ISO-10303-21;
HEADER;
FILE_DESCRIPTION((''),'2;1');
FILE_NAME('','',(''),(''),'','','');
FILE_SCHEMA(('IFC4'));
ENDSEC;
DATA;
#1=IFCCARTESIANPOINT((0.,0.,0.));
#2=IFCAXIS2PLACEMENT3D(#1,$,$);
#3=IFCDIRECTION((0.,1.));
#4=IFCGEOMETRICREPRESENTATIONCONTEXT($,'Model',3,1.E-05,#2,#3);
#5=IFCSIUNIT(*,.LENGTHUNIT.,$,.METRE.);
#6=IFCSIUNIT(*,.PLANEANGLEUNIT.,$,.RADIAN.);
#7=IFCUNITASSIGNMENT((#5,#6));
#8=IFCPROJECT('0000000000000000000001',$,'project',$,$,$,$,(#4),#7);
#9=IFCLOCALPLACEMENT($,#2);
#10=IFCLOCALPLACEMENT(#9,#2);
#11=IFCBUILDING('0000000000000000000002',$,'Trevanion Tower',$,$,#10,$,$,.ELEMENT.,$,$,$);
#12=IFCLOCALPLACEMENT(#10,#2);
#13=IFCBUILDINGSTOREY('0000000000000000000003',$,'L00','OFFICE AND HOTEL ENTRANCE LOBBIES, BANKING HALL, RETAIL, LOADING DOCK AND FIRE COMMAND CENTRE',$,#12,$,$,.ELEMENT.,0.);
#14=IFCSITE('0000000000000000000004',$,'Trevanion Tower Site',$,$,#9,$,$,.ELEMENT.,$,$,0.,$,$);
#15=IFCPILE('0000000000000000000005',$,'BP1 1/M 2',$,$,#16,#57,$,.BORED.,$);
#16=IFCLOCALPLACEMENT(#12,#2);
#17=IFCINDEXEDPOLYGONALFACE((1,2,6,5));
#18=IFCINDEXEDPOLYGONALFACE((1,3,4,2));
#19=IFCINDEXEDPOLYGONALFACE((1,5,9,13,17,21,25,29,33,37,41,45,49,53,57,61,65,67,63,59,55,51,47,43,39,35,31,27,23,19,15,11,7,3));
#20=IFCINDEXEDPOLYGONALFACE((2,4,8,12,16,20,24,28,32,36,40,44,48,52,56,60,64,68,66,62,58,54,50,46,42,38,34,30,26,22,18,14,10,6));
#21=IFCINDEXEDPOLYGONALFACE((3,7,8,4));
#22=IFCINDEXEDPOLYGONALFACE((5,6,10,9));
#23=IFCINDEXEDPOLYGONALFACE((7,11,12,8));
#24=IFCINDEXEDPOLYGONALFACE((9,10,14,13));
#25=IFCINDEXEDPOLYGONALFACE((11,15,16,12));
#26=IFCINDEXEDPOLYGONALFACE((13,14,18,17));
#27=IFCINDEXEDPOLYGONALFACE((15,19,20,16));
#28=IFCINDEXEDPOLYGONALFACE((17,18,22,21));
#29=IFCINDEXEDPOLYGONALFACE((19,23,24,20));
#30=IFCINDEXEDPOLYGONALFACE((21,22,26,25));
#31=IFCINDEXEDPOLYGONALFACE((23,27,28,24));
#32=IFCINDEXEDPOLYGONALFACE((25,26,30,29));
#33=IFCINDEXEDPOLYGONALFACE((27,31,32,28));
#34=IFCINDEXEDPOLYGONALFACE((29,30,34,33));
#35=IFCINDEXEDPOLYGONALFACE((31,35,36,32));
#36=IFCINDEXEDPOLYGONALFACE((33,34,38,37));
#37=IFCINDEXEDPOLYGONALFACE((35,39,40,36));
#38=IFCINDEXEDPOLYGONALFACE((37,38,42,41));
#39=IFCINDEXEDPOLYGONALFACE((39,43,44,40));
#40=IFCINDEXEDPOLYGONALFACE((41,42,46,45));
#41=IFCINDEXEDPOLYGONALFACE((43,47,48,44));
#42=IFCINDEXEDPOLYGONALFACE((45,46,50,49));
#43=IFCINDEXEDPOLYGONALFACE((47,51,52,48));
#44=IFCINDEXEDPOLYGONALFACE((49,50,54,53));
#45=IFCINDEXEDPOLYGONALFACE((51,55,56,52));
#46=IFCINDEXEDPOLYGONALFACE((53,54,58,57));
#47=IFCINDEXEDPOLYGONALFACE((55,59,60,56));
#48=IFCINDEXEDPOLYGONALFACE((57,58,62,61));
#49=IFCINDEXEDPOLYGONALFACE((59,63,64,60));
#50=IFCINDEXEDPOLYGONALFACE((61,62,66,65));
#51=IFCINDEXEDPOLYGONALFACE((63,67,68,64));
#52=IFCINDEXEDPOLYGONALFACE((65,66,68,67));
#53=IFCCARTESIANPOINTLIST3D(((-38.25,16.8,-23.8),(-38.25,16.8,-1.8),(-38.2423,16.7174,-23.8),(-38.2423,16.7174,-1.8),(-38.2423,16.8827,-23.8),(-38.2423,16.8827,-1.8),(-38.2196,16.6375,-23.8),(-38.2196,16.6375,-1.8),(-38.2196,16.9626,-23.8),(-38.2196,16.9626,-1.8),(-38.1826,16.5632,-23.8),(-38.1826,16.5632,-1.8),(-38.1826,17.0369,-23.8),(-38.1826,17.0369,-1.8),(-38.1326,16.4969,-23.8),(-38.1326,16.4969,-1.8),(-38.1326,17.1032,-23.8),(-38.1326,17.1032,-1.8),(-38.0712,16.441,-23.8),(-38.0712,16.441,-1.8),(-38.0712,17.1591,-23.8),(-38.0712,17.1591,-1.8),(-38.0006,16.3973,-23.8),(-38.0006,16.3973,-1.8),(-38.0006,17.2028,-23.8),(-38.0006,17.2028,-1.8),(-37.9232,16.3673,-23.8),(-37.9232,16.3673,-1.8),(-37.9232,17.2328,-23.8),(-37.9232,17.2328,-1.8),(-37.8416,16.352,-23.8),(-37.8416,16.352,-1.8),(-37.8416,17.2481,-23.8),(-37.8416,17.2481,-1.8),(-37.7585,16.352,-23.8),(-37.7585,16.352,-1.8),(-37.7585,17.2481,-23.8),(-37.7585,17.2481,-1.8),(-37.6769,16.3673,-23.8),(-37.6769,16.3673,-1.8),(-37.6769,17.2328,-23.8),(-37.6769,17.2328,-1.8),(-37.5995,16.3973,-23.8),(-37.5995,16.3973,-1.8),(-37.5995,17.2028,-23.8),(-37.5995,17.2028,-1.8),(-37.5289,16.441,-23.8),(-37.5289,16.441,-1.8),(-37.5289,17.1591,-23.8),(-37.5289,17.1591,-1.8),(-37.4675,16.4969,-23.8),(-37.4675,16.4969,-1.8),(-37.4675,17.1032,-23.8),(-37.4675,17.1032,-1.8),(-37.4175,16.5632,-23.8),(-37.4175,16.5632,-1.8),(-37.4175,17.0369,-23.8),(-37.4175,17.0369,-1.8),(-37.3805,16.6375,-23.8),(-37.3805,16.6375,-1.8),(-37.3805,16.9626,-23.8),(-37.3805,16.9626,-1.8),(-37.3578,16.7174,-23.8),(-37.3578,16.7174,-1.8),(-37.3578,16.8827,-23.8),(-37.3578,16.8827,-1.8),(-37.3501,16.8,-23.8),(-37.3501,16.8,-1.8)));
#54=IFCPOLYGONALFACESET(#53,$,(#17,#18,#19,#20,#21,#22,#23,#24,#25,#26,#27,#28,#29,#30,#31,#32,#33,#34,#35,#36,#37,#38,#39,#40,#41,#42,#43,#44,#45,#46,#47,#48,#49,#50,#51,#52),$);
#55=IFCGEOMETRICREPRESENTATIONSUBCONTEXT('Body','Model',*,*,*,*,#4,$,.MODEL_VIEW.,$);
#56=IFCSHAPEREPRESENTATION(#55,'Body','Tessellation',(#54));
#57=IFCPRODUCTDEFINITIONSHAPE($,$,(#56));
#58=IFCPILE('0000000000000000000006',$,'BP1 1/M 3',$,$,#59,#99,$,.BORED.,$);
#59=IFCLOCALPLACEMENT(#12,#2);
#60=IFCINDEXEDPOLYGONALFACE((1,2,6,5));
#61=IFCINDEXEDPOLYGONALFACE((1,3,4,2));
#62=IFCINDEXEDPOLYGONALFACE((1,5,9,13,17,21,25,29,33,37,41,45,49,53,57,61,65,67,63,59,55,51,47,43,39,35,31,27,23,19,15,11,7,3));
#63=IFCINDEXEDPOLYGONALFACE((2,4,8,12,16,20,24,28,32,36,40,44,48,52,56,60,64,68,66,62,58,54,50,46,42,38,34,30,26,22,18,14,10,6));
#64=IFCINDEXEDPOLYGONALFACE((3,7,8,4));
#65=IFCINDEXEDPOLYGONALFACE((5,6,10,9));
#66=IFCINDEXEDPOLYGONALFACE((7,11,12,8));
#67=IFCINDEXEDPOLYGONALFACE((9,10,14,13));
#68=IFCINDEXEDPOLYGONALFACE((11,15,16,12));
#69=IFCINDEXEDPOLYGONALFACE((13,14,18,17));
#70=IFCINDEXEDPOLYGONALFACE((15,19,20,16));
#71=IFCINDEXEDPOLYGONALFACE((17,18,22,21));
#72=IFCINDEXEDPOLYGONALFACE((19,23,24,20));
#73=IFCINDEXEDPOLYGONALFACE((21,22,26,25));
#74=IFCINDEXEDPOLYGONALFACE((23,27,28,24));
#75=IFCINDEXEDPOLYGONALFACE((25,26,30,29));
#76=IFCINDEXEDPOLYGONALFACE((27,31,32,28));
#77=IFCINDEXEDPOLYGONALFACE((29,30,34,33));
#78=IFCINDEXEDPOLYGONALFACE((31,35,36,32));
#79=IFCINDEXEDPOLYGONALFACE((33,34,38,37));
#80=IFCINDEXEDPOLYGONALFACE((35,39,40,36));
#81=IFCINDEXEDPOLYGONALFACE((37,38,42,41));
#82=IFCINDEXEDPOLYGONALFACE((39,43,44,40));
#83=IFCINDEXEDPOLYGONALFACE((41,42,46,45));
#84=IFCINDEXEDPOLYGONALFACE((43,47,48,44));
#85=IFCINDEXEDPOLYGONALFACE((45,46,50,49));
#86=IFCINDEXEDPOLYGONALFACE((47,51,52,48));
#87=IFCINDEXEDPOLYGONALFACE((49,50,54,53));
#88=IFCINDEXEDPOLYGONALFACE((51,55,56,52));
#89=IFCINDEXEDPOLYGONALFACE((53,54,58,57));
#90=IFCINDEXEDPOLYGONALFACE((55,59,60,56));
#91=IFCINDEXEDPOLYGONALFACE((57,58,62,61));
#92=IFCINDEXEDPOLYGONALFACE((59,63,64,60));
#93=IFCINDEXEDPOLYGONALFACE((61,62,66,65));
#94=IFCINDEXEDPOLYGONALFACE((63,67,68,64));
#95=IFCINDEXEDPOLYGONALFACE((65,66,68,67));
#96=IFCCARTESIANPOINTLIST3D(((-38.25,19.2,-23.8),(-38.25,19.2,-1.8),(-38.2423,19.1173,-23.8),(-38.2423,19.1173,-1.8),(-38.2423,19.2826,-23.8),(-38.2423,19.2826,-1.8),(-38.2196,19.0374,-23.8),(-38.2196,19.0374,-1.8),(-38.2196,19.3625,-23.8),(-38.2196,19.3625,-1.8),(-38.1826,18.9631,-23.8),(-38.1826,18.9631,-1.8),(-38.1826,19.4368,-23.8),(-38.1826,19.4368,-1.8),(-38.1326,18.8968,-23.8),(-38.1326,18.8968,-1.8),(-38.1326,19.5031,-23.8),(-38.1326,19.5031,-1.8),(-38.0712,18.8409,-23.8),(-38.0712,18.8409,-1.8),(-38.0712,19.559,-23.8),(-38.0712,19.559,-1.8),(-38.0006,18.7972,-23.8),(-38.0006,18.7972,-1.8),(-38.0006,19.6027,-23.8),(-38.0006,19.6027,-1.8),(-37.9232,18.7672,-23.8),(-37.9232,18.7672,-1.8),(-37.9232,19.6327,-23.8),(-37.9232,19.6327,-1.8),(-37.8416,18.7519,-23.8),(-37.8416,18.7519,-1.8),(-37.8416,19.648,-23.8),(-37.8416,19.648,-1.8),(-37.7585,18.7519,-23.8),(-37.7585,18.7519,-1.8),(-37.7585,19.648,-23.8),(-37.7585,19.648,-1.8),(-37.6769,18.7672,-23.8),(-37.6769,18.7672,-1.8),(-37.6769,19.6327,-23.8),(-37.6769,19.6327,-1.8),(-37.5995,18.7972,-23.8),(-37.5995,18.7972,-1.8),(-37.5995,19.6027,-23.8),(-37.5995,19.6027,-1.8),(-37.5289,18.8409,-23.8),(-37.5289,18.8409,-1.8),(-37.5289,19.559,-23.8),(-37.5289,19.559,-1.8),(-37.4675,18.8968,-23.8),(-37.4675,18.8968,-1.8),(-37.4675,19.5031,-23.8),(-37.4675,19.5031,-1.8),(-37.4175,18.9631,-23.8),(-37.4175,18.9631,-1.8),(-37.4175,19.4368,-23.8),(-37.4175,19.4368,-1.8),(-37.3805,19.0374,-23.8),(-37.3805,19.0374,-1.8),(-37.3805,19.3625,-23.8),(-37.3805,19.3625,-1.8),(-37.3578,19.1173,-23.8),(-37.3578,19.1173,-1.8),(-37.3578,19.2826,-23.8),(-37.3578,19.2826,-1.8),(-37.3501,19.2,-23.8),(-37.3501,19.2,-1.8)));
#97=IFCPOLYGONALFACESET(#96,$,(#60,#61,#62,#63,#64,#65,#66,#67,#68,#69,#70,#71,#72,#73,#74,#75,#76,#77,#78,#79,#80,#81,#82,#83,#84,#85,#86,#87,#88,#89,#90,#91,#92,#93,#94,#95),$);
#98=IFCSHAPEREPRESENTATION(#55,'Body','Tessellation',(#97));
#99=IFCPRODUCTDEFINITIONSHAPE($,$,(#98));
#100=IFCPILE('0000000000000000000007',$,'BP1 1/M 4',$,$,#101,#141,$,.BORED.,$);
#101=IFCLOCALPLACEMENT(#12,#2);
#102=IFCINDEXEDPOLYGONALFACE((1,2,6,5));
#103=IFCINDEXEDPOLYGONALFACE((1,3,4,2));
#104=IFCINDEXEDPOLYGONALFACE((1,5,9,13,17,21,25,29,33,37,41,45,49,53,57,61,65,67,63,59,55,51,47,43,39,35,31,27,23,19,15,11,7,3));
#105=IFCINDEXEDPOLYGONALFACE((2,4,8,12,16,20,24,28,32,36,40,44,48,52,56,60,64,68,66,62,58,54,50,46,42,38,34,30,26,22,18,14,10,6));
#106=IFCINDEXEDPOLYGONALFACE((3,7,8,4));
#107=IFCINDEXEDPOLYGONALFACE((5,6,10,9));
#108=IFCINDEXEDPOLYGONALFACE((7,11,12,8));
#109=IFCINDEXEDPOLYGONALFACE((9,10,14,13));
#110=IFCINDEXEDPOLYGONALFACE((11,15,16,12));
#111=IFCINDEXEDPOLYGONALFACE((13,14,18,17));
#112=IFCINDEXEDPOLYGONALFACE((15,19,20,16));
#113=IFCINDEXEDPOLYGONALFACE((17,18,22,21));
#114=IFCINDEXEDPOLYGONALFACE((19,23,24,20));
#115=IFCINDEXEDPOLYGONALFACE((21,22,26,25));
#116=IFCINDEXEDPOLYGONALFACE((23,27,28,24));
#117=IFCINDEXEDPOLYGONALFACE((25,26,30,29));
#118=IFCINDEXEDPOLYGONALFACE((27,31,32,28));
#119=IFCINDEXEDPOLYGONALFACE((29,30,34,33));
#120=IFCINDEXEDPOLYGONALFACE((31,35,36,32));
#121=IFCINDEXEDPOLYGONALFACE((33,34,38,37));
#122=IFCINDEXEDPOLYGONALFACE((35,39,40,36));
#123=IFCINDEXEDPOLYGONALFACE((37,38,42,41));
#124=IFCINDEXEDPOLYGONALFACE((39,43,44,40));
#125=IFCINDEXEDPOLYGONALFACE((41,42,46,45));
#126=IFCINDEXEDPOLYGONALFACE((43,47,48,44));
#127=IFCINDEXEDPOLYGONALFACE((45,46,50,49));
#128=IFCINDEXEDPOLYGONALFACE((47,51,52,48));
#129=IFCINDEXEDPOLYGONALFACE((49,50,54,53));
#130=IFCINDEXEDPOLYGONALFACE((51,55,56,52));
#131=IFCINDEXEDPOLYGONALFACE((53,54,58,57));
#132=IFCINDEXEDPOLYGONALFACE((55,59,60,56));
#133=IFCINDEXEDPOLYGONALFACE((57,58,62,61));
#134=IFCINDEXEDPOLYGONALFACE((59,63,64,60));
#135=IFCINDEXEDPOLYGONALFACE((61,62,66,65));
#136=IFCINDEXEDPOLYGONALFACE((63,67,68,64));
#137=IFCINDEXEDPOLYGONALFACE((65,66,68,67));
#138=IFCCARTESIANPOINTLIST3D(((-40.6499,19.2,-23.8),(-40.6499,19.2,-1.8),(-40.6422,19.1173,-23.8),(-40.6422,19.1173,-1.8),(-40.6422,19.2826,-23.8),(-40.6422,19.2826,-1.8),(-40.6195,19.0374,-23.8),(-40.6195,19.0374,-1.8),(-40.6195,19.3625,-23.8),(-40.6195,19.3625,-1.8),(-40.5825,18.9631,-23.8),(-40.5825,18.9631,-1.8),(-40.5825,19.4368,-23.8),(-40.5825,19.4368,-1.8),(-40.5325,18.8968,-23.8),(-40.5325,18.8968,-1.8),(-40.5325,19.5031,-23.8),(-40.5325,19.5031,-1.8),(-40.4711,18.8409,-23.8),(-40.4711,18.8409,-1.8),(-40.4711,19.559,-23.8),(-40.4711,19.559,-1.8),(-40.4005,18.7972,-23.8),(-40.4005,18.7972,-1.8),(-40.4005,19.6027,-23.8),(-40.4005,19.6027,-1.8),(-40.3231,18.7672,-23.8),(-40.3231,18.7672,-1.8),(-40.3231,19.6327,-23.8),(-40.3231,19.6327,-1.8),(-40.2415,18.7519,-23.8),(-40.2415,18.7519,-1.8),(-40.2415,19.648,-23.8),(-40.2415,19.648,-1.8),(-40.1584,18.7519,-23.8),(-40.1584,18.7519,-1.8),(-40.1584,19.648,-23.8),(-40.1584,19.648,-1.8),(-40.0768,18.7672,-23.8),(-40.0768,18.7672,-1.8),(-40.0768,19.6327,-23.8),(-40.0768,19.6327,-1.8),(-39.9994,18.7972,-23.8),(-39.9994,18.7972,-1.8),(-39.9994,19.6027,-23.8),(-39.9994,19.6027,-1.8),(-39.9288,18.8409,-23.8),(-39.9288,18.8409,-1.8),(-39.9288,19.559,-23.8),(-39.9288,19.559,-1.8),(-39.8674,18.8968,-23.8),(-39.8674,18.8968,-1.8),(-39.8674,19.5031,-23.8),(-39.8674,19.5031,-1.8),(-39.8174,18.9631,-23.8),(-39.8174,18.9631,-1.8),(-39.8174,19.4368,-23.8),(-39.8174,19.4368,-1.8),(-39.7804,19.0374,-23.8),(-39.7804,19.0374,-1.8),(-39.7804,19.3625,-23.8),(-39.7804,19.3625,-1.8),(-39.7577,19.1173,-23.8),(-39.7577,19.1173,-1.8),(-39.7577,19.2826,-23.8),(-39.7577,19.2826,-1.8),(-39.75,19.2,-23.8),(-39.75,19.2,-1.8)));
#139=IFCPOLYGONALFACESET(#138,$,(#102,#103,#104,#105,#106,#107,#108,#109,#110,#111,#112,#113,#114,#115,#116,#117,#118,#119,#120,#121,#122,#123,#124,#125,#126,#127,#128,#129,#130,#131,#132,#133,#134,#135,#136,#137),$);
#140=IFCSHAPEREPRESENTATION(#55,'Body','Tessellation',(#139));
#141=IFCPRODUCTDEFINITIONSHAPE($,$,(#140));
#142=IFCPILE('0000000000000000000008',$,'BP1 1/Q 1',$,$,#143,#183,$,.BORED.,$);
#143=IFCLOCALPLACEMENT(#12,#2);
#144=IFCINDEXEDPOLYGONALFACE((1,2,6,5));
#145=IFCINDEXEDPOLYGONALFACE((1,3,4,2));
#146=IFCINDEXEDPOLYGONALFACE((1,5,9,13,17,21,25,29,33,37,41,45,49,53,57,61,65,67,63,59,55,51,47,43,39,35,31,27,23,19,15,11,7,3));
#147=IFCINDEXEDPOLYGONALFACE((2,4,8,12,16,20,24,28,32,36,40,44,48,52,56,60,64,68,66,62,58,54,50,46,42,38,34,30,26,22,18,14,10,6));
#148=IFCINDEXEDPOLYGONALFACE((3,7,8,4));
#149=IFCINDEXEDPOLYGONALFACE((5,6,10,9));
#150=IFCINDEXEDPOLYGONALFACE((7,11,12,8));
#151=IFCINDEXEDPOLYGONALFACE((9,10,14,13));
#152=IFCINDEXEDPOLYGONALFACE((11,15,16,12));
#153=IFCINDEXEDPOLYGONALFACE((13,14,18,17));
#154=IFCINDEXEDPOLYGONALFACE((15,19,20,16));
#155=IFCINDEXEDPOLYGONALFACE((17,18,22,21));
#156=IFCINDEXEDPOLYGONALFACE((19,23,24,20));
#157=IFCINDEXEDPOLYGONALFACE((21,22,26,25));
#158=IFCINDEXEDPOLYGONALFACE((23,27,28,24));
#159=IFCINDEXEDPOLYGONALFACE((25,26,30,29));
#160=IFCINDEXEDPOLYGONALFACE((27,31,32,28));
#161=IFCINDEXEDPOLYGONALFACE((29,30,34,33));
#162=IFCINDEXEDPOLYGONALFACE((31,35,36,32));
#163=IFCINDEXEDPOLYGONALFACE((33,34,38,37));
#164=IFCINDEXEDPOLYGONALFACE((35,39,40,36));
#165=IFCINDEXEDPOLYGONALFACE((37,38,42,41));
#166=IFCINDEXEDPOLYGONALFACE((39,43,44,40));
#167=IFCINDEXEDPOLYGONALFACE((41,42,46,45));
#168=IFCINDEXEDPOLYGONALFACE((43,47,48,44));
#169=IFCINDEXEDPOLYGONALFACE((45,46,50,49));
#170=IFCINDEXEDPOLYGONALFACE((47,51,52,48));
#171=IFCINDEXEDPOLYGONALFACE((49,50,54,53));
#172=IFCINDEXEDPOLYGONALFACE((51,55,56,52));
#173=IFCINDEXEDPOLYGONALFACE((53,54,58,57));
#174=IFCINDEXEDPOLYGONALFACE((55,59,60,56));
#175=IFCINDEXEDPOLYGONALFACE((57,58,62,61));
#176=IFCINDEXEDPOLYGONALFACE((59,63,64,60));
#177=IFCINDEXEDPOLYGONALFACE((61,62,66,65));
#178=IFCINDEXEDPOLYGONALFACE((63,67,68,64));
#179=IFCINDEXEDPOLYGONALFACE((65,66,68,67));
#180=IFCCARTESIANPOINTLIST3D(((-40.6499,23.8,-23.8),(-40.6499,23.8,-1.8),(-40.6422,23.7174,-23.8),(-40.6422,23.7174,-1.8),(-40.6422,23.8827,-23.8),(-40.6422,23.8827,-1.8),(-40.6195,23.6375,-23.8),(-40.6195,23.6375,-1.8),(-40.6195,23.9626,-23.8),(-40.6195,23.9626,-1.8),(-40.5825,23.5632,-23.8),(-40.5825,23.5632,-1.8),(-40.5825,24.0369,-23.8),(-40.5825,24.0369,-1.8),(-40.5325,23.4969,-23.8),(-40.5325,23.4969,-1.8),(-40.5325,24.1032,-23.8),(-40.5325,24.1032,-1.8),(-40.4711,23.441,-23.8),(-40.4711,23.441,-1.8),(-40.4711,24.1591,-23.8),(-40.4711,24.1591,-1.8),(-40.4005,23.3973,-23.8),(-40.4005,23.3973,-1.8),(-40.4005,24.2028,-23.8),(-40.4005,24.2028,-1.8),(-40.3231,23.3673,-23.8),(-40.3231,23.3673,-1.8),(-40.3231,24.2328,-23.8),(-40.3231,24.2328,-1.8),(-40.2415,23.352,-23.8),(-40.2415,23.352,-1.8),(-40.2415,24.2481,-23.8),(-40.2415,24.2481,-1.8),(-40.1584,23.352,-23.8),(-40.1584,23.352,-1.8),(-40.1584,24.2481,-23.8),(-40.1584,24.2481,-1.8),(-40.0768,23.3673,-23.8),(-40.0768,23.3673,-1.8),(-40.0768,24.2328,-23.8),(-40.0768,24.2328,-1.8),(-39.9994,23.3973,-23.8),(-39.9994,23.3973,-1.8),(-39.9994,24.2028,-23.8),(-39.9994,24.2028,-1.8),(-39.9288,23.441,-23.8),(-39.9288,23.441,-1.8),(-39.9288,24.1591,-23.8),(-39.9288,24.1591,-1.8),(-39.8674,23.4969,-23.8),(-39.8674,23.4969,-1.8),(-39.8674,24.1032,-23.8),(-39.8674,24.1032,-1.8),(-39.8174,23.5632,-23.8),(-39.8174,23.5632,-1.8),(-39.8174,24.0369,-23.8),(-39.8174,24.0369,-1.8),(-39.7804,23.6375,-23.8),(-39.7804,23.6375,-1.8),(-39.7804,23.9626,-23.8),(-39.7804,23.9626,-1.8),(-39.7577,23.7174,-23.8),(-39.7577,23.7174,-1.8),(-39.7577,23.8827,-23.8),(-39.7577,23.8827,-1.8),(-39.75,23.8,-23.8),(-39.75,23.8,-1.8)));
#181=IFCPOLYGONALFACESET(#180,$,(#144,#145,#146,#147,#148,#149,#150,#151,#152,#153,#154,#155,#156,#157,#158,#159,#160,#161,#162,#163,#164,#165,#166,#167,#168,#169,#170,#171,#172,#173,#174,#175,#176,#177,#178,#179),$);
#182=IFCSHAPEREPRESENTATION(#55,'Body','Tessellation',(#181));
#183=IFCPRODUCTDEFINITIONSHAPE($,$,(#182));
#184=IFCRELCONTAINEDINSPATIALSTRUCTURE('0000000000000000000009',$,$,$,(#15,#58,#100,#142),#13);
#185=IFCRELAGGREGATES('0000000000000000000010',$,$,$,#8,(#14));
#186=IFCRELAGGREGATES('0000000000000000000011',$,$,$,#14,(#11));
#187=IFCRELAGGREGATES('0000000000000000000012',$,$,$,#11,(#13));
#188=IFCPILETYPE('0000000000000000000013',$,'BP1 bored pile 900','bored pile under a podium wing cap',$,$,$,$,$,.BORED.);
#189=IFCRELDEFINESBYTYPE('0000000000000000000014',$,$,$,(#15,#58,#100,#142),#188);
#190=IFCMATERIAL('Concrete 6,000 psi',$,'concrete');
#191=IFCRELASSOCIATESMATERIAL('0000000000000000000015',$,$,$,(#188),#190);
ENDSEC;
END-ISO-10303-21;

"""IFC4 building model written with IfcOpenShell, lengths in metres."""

from ifc_helpers import new_model, si_unit, direction, frame, origin, origin_2d, place, context, subcontext, project, spatial, circle, extrude, material, material_profile, profile_set, type_object, element, save


model = new_model("IFC4")

# Units and contexts
model_context = context("Model", 3, precision=1e-05, world=origin(), true_north=direction((0.0, 1.0)))
body_context = subcontext(model_context, "Body", "Model", "MODEL_VIEW")
ifc_project = project(units=[si_unit("LENGTHUNIT", "METRE"), si_unit("PLANEANGLEUNIT", "RADIAN")], contexts=[model_context])

# Site, building, storey
site_placement = place(None, origin())
site = spatial("IfcSite", under=ifc_project, at=site_placement, Name="Trevanion Tower Site", CompositionType="ELEMENT", RefElevation=0.0)
building_placement = place(site_placement, origin())
building = spatial("IfcBuilding", under=site, at=building_placement, Name="Trevanion Tower", CompositionType="ELEMENT")
storey_placement = place(building_placement, origin())
storey = spatial("IfcBuildingStorey", under=building, at=storey_placement, Name="L00", Description="OFFICE AND HOTEL ENTRANCE LOBBIES, BANKING HALL, RETAIL, LOADING DOCK AND FIRE COMMAND CENTRE", CompositionType="ELEMENT", Elevation=0.0)

# Piles
ifc_material_1 = material(Name="Concrete 6,000 psi", Category="concrete")
ifc_material_profile_1 = material_profile(ifc_material_1, circle(Radius=0.45, at=origin_2d()), Name="BP1 bored pile 900")
ifc_profile_set_1 = profile_set([ifc_material_profile_1], Name="Concrete 6,000 psi")
pile_type = type_object("IfcPileType", Name="BP1 bored pile 900", Description="bored pile under a podium wing cap", PredefinedType="BORED", material=ifc_profile_set_1)
for number, where, z_axis, x_axis, name in (
    (1, (-37.8, 16.8, -1.8), (0.0, 0.0, -1.0), (1.0, 0.0, 0.0), "BP1 1/M 2"),
    (2, (-37.8, 19.2, -1.8), (0.0, 0.0, -1.0), (1.0, 0.0, 0.0), "BP1 1/M 3"),
    (3, (-40.2, 19.2, -1.8), (0.0, 0.0, -1.0), (1.0, 0.0, 0.0), "BP1 1/M 4"),
    (4, (-40.2, 23.8, -1.8), (0.0, 0.0, -1.0), (1.0, 0.0, 0.0), "BP1 1/Q 1"),
):
    element("IfcPile", number, at=place(storey_placement, frame(where, z_axis=z_axis, x_axis=x_axis)), inside=storey, type_object=pile_type, Name=name, PredefinedType="BORED", context=body_context, shape_type="SweptSolid", body=[
        extrude(circle(Radius=0.45, at=origin_2d()), origin(), (0.0, 0.0, 1.0), 22.0),
    ])

save(model, "model.ifc")
